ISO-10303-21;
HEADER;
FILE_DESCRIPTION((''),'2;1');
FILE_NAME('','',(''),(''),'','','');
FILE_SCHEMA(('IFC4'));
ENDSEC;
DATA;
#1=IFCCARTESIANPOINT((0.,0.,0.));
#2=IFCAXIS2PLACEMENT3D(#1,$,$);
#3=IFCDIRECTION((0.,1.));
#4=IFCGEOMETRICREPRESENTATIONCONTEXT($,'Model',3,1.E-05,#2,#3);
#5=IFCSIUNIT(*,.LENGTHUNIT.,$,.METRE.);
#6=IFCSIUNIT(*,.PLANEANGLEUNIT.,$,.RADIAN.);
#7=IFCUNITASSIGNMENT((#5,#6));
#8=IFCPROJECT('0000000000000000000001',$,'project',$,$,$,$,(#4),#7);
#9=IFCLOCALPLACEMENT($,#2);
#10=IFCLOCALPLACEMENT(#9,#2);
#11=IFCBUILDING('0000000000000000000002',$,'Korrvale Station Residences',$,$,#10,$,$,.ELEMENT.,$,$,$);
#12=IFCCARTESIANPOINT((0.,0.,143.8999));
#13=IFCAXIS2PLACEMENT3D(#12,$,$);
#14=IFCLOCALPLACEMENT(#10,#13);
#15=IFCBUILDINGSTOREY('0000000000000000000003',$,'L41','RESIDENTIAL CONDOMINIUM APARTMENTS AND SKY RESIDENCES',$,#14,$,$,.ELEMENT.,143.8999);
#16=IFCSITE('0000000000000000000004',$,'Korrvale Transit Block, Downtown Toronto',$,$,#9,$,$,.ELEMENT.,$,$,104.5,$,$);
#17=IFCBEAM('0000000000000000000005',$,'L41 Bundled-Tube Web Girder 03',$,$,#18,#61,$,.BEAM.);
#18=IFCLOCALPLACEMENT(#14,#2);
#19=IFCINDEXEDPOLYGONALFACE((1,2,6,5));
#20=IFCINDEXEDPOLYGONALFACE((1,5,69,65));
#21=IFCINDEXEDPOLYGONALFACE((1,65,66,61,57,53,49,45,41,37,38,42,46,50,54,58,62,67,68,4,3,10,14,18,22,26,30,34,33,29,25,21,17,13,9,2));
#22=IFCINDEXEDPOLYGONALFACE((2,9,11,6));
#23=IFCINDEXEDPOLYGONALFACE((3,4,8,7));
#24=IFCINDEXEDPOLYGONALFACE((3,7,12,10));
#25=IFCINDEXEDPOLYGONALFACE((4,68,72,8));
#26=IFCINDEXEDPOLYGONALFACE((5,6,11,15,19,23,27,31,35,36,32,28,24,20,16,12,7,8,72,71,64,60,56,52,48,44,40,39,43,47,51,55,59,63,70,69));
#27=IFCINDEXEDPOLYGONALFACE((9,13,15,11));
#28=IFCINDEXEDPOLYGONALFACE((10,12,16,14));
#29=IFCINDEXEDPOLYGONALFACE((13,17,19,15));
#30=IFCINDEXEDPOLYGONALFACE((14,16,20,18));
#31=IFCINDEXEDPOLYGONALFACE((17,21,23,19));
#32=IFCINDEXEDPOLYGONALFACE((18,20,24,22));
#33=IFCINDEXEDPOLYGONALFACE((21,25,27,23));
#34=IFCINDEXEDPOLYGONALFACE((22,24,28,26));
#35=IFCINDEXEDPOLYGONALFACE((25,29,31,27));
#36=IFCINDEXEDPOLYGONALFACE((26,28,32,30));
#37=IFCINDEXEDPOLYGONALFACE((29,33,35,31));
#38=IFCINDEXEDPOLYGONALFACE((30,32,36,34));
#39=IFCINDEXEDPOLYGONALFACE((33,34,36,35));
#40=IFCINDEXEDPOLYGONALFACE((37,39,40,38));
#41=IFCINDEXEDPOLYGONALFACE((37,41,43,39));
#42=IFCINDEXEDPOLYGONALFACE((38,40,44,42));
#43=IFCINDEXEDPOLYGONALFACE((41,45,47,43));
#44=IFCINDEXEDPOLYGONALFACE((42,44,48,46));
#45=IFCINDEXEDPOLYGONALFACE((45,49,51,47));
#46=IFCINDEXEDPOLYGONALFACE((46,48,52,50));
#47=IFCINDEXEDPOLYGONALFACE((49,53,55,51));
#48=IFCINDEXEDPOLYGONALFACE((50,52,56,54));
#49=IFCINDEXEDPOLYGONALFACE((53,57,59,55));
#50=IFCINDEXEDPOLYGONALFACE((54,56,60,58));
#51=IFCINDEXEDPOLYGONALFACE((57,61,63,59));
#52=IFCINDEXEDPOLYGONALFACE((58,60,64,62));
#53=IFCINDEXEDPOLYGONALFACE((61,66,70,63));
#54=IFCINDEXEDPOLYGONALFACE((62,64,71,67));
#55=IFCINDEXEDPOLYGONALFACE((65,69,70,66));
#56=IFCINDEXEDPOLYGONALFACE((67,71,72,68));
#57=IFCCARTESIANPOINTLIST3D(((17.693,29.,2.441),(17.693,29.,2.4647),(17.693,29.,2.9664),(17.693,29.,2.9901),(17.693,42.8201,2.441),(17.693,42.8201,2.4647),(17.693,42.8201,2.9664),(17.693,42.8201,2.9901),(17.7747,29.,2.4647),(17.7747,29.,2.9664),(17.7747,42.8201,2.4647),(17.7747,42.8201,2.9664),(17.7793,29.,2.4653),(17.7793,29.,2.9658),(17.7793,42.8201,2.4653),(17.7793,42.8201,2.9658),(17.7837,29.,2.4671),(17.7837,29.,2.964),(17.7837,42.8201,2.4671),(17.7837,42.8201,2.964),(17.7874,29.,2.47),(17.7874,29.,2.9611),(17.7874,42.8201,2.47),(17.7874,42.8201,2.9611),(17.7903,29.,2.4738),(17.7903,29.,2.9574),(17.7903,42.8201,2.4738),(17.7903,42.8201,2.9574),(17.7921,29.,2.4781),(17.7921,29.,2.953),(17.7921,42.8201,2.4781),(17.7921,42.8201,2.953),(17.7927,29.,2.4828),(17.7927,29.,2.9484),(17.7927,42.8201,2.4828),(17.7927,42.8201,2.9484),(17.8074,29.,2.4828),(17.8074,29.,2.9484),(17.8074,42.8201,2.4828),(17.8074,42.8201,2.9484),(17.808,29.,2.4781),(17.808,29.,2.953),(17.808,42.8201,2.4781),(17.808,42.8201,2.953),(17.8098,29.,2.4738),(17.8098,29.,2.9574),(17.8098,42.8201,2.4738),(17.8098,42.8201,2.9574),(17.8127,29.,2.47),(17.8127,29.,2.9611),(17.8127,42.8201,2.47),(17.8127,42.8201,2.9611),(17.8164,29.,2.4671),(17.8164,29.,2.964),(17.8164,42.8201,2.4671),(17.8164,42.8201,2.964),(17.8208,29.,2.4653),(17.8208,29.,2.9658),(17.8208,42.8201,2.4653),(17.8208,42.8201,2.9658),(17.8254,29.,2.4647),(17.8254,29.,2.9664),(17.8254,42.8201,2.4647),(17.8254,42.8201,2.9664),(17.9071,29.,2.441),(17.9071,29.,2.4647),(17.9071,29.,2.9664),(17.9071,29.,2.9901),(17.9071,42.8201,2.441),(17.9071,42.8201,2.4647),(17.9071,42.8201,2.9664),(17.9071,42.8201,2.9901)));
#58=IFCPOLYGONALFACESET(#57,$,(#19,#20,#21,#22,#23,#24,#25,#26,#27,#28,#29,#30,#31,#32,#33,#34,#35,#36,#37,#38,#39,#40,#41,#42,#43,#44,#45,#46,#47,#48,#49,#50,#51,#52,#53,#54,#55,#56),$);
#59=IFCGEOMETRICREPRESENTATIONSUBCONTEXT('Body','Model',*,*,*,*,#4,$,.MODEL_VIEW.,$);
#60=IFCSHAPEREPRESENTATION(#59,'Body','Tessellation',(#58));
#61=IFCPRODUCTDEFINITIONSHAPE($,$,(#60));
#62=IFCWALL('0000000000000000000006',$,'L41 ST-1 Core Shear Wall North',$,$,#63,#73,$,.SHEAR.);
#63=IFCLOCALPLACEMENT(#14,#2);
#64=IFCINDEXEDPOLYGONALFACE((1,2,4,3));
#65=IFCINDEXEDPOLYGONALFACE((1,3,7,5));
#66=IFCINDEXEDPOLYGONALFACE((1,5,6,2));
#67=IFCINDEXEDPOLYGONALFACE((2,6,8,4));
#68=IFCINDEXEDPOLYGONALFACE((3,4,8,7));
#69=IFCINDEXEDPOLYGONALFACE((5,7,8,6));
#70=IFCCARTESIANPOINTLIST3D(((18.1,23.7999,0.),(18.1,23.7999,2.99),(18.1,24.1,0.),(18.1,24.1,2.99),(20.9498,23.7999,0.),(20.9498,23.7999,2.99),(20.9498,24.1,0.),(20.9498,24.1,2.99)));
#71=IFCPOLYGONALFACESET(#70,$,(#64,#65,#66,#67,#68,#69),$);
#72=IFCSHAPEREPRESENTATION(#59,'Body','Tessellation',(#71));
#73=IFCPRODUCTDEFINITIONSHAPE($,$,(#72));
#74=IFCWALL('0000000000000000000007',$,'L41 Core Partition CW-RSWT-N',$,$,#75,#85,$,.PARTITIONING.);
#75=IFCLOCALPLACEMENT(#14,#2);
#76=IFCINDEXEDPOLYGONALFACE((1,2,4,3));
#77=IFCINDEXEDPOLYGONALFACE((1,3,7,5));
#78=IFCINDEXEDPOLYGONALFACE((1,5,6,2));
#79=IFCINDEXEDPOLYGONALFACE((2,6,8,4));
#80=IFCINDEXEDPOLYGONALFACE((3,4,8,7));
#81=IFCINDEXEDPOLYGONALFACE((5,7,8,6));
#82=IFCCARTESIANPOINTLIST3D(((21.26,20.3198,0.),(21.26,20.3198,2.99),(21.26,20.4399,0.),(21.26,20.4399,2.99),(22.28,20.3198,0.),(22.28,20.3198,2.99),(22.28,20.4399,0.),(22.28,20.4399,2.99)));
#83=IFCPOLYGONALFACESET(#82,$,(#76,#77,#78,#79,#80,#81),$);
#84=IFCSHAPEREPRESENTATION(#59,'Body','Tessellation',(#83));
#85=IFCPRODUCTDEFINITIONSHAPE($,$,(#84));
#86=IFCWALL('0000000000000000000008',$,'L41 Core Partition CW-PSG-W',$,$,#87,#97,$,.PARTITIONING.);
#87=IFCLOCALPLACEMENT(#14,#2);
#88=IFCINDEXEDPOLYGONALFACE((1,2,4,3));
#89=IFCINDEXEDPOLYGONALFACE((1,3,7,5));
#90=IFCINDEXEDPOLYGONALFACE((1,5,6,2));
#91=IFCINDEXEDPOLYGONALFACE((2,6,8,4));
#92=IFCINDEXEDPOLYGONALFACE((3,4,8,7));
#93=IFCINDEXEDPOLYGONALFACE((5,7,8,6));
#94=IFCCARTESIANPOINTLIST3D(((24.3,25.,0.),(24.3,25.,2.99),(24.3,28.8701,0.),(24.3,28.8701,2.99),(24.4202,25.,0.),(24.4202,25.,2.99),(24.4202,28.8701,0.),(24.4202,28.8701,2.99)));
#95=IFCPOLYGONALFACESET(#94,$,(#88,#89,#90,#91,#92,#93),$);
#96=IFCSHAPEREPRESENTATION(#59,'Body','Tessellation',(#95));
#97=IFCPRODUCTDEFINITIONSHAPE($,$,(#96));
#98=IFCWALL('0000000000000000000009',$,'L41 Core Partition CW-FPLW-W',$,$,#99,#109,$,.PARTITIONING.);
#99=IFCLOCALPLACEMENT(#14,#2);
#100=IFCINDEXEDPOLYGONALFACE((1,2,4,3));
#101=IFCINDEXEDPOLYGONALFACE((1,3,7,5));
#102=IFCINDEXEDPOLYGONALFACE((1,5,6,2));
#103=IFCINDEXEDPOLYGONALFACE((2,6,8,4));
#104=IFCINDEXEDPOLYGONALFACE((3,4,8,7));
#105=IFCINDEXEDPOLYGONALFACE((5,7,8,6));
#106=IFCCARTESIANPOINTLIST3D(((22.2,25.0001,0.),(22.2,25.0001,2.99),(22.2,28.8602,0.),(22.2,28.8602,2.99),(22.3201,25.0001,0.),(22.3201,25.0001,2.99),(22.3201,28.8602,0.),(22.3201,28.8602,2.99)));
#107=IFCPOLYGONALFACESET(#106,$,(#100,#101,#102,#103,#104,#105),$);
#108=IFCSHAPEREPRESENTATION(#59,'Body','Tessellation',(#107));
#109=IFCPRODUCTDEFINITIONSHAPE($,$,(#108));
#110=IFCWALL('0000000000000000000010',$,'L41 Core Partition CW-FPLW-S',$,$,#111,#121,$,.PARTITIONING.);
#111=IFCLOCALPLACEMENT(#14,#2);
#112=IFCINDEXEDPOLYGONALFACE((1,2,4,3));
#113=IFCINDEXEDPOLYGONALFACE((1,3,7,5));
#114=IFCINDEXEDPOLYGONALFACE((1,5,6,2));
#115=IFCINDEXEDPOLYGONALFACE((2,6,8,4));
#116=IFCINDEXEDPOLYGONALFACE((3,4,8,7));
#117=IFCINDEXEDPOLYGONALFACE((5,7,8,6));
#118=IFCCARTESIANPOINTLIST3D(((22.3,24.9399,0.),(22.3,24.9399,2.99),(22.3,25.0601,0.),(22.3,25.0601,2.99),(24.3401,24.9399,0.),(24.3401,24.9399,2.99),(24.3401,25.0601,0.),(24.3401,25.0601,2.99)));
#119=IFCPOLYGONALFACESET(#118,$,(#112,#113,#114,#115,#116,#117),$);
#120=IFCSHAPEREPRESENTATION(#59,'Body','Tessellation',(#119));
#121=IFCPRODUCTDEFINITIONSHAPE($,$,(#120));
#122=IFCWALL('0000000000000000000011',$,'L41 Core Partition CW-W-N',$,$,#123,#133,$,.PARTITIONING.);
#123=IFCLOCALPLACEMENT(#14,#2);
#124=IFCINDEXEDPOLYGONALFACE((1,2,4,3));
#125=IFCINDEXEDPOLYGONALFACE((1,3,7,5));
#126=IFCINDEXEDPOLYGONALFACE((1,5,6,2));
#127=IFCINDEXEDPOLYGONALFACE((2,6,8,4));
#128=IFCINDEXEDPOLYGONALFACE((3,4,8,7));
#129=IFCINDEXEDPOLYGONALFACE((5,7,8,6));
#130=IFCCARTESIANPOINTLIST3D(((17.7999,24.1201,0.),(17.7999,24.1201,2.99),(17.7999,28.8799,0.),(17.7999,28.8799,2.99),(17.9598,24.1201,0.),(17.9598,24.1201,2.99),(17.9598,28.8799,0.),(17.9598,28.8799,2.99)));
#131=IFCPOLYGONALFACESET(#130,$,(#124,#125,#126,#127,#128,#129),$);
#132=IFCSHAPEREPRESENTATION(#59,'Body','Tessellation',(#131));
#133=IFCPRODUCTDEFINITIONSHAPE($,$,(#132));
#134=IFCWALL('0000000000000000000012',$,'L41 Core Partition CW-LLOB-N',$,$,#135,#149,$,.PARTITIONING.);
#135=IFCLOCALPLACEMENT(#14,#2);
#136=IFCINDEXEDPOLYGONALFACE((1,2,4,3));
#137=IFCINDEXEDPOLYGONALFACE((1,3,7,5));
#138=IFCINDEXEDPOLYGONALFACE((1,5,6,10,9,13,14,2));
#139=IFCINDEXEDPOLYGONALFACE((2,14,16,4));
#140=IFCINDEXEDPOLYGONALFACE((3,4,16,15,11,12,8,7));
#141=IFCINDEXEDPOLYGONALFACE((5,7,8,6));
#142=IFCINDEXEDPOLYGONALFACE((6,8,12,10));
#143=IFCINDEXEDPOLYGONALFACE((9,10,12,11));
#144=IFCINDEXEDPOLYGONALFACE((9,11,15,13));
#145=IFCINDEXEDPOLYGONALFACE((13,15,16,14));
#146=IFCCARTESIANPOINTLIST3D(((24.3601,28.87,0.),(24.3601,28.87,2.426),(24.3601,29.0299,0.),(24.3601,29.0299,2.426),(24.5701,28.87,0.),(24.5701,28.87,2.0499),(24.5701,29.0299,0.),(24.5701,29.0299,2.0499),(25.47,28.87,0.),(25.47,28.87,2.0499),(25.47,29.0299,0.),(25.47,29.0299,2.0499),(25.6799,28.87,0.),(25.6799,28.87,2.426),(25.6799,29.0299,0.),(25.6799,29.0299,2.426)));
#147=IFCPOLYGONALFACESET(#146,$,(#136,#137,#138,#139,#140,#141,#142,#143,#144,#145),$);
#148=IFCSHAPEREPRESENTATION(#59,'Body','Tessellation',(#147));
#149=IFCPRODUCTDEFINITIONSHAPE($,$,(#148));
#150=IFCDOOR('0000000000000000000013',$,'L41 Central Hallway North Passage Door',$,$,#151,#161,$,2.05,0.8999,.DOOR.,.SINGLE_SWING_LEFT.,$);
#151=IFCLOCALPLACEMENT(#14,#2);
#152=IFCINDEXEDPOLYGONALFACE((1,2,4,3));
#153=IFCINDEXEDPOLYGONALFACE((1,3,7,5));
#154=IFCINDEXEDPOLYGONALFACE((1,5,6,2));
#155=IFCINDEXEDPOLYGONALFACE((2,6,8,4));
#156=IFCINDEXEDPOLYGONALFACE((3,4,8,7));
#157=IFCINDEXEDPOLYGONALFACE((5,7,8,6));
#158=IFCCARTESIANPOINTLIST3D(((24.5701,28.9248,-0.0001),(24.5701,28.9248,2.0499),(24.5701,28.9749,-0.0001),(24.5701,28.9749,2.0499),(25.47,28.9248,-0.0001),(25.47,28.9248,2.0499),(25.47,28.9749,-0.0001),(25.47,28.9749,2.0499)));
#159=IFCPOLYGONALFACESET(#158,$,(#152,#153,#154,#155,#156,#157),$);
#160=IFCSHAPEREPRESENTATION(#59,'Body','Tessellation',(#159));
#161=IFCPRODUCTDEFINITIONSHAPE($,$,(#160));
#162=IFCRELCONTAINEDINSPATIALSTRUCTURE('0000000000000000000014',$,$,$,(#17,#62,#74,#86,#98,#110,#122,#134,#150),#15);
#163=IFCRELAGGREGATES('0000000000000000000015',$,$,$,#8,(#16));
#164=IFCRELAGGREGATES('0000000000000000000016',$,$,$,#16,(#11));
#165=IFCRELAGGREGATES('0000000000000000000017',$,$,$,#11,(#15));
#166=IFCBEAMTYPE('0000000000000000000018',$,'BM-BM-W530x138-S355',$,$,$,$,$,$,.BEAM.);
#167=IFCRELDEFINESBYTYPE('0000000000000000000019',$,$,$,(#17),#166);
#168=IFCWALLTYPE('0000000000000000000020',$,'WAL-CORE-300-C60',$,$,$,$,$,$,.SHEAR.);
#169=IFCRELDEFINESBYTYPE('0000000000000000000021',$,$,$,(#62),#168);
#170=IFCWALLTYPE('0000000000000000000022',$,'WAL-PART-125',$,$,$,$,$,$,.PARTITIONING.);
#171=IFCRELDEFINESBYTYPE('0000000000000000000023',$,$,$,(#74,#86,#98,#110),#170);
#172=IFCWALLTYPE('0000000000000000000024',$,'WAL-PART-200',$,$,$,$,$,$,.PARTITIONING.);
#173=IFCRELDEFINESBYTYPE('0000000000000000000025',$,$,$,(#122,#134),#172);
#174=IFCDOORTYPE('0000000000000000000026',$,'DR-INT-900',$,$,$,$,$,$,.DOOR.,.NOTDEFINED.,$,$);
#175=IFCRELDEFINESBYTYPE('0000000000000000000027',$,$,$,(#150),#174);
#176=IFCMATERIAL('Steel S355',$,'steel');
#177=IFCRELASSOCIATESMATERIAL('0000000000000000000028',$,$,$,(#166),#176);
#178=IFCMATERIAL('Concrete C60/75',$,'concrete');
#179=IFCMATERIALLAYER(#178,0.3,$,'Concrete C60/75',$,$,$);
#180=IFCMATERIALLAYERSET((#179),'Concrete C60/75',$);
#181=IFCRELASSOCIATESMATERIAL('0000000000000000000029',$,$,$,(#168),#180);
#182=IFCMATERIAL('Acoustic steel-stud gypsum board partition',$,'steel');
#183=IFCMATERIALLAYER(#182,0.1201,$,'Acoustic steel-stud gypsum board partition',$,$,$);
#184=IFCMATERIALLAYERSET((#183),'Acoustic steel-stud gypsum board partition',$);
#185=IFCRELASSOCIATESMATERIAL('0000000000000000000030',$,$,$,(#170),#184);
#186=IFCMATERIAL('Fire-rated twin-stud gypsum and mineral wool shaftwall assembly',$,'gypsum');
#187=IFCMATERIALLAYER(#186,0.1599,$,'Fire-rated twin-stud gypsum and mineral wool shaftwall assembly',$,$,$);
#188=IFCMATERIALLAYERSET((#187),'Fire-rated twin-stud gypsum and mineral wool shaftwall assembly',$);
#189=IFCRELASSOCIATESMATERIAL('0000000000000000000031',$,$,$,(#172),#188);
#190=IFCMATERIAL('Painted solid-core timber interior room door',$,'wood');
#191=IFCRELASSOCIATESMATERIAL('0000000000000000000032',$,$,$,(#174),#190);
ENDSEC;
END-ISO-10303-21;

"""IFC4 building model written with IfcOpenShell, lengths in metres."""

from ifc_helpers import new_model, si_unit, direction, frame, frame_2d, origin, origin_2d, place, context, subcontext, project, spatial, rectangle, i_section, extrude, material, layer, layer_set, material_profile, profile_set, type_object, element, fill, save


model = new_model("IFC4")

# Units and contexts
model_context = context("Model", 3, precision=1e-05, world=origin(), true_north=direction((0.0, 1.0)))
body_context = subcontext(model_context, "Body", "Model", "MODEL_VIEW")
ifc_project = project(units=[si_unit("LENGTHUNIT", "METRE"), si_unit("PLANEANGLEUNIT", "RADIAN")], contexts=[model_context])

# Site, building, storey
site_placement = place(None, origin())
site = spatial("IfcSite", under=ifc_project, at=site_placement, Name="Korrvale Transit Block, Downtown Toronto", CompositionType="ELEMENT", RefElevation=104.5)
building_placement = place(site_placement, origin())
building = spatial("IfcBuilding", under=site, at=building_placement, Name="Korrvale Station Residences", CompositionType="ELEMENT")
storey_placement = place(building_placement, frame((0.0, 0.0, 143.8999)))
storey = spatial("IfcBuildingStorey", under=building, at=storey_placement, Name="L41", Description="RESIDENTIAL CONDOMINIUM APARTMENTS AND SKY RESIDENCES", CompositionType="ELEMENT", Elevation=143.8999)

# Beam
ifc_material_1 = material(Name="Steel S355", Category="steel")
ifc_material_profile = material_profile(ifc_material_1, i_section(OverallWidth=0.2141, OverallDepth=0.5491, WebThickness=0.0146, FlangeThickness=0.0237, FilletRadius=0.0181, at=origin_2d()), Name="W530x138")
ifc_profile_set = profile_set([ifc_material_profile], Name="Steel S355")
beam_type = type_object("IfcBeamType", Name="BM-BM-W530x138-S355", PredefinedType="BEAM", material=ifc_profile_set)
beam_placement = place(storey_placement, frame((17.8, 29.0, 2.7156), z_axis=(0.0, 1.0, 0.0), x_axis=(-1.0, 0.0, 0.0)))
element("IfcBeam", 1, at=beam_placement, inside=storey, type_object=beam_type, Name="L41 Bundled-Tube Web Girder 03", PredefinedType="BEAM", context=body_context, shape_type="SweptSolid", body=[
    extrude(i_section(OverallWidth=0.2141, OverallDepth=0.5491, WebThickness=0.0146, FlangeThickness=0.0237, FilletRadius=0.0181, at=origin_2d()), origin(), (0.0, 0.0, 1.0), 13.8201),
])

# Walls
ifc_material_2 = material(Name="Concrete C60/75", Category="concrete")
ifc_layer_1 = layer(ifc_material_2, 0.3, Name="Concrete C60/75")
ifc_layer_set_1 = layer_set([ifc_layer_1], Name="Concrete C60/75")
wall_type_1 = type_object("IfcWallType", Name="WAL-CORE-300-C60", PredefinedType="SHEAR", material=ifc_layer_set_1)
wall_1_placement = place(storey_placement, frame((18.1001, 23.95, 0.0), z_axis=(0.0, 0.0, 1.0), x_axis=(1.0, 0.0, 0.0)))
element("IfcWall", 2, at=wall_1_placement, inside=storey, type_object=wall_type_1, Name="L41 ST-1 Core Shear Wall North", PredefinedType="SHEAR", context=body_context, shape_type="SweptSolid", body=[
    extrude(rectangle(XDim=2.8499, YDim=0.3, at=frame_2d((1.4248, 0.0))), origin(), (0.0, 0.0, 1.0), 2.99),
])
ifc_material_3 = material(Name="Acoustic steel-stud gypsum board partition", Category="steel")
ifc_layer_2 = layer(ifc_material_3, 0.1201, Name="Acoustic steel-stud gypsum board partition")
ifc_layer_set_2 = layer_set([ifc_layer_2], Name="Acoustic steel-stud gypsum board partition")
wall_type_2 = type_object("IfcWallType", Name="WAL-PART-125", PredefinedType="PARTITIONING", material=ifc_layer_set_2)
wall_2_placement = place(storey_placement, frame((22.28, 20.3799, 0.0), z_axis=(0.0, 0.0, 1.0), x_axis=(-1.0, 0.0, 0.0)))
element("IfcWall", 3, at=wall_2_placement, inside=storey, type_object=wall_type_2, Name="L41 Core Partition CW-RSWT-N", PredefinedType="PARTITIONING", context=body_context, shape_type="SweptSolid", body=[
    extrude(rectangle(XDim=1.02, YDim=0.1201, at=frame_2d((0.51, 0.0))), origin(), (0.0, 0.0, 1.0), 2.99),
])
wall_3_placement = place(storey_placement, frame((24.3601, 25.0, 0.0), z_axis=(0.0, 0.0, 1.0), x_axis=(0.0, 1.0, 0.0)))
element("IfcWall", 4, at=wall_3_placement, inside=storey, type_object=wall_type_2, Name="L41 Core Partition CW-PSG-W", PredefinedType="PARTITIONING", context=body_context, shape_type="SweptSolid", body=[
    extrude(rectangle(XDim=3.8701, YDim=0.1201, at=frame_2d((1.9351, 0.0))), origin(), (0.0, 0.0, 1.0), 2.99),
])
wall_4_placement = place(storey_placement, frame((22.26, 25.0, 0.0), z_axis=(0.0, 0.0, 1.0), x_axis=(0.0, 1.0, 0.0)))
element("IfcWall", 5, at=wall_4_placement, inside=storey, type_object=wall_type_2, Name="L41 Core Partition CW-FPLW-W", PredefinedType="PARTITIONING", context=body_context, shape_type="SweptSolid", body=[
    extrude(rectangle(XDim=3.8601, YDim=0.1201, at=frame_2d((1.9302, 0.0))), origin(), (0.0, 0.0, 1.0), 2.99),
])
wall_5_placement = place(storey_placement, frame((22.3, 25.0, 0.0), z_axis=(0.0, 0.0, 1.0), x_axis=(1.0, 0.0, 0.0)))
element("IfcWall", 6, at=wall_5_placement, inside=storey, type_object=wall_type_2, Name="L41 Core Partition CW-FPLW-S", PredefinedType="PARTITIONING", context=body_context, shape_type="SweptSolid", body=[
    extrude(rectangle(XDim=2.04, YDim=0.1201, at=frame_2d((1.02, 0.0))), origin(), (0.0, 0.0, 1.0), 2.99),
])
ifc_material_4 = material(Name="Fire-rated twin-stud gypsum and mineral wool shaftwall assembly", Category="gypsum")
ifc_layer_3 = layer(ifc_material_4, 0.1599, Name="Fire-rated twin-stud gypsum and mineral wool shaftwall assembly")
ifc_layer_set_3 = layer_set([ifc_layer_3], Name="Fire-rated twin-stud gypsum and mineral wool shaftwall assembly")
wall_type_3 = type_object("IfcWallType", Name="WAL-PART-200", PredefinedType="PARTITIONING", material=ifc_layer_set_3)
wall_6_placement = place(storey_placement, frame((17.8799, 24.1201, 0.0), z_axis=(0.0, 0.0, 1.0), x_axis=(0.0, 1.0, 0.0)))
element("IfcWall", 7, at=wall_6_placement, inside=storey, type_object=wall_type_3, Name="L41 Core Partition CW-W-N", PredefinedType="PARTITIONING", context=body_context, shape_type="SweptSolid", body=[
    extrude(rectangle(XDim=4.7598, YDim=0.1599, at=frame_2d((2.3799, 0.0))), origin(), (0.0, 0.0, 1.0), 2.99),
])

# Wall, opening, door
wall_7_placement = place(storey_placement, frame((24.3601, 28.95, 0.0), z_axis=(0.0, 0.0, 1.0), x_axis=(1.0, 0.0, 0.0)))
wall_7 = element("IfcWall", 8, at=wall_7_placement, inside=storey, type_object=wall_type_3, Name="L41 Core Partition CW-LLOB-N", PredefinedType="PARTITIONING", context=body_context, shape_type="SweptSolid", body=[
    extrude(rectangle(XDim=1.3198, YDim=0.1599, at=frame_2d((0.6599, 0.0))), origin(), (0.0, 0.0, 1.0), 2.426),
])
opening_1_placement = place(wall_7_placement, frame((0.21, 0.0, 0.0)))
opening_1 = element("IfcOpeningElement", 9, at=opening_1_placement, cuts=wall_7, PredefinedType="OPENING", context=body_context, shape_type="SweptSolid", body=[
    extrude(rectangle(XDim=0.8999, YDim=2.05, at=frame_2d((0.45, 1.0249))), frame((0.0, 0.0898, 0.0), z_axis=(0.0, -1.0, 0.0), x_axis=(1.0, 0.0, 0.0)), (0.0, 0.0, 1.0), 0.1799),
])
ifc_material_5 = material(Name="Painted solid-core timber interior room door", Category="wood")
door_type_1 = type_object("IfcDoorType", Name="DR-INT-900", OperationType="NOTDEFINED", PredefinedType="DOOR", material=ifc_material_5)
door_1_placement = place(opening_1_placement, origin())
door_1 = element("IfcDoor", 10, at=door_1_placement, inside=storey, type_object=door_type_1, Name="L41 Central Hallway North Passage Door", OperationType="SINGLE_SWING_LEFT", OverallHeight=2.05, OverallWidth=0.8999, PredefinedType="DOOR", context=body_context, shape_type="SweptSolid", body=[
    extrude(rectangle(XDim=0.8999, YDim=2.05, at=frame_2d((0.45, 1.0249))), frame((0.0, 0.0249, 0.0), z_axis=(0.0, -1.0, 0.0), x_axis=(1.0, 0.0, 0.0)), (0.0, 0.0, 1.0), 0.05),
])
fill(opening_1, door_1)

save(model, "model.ifc")
